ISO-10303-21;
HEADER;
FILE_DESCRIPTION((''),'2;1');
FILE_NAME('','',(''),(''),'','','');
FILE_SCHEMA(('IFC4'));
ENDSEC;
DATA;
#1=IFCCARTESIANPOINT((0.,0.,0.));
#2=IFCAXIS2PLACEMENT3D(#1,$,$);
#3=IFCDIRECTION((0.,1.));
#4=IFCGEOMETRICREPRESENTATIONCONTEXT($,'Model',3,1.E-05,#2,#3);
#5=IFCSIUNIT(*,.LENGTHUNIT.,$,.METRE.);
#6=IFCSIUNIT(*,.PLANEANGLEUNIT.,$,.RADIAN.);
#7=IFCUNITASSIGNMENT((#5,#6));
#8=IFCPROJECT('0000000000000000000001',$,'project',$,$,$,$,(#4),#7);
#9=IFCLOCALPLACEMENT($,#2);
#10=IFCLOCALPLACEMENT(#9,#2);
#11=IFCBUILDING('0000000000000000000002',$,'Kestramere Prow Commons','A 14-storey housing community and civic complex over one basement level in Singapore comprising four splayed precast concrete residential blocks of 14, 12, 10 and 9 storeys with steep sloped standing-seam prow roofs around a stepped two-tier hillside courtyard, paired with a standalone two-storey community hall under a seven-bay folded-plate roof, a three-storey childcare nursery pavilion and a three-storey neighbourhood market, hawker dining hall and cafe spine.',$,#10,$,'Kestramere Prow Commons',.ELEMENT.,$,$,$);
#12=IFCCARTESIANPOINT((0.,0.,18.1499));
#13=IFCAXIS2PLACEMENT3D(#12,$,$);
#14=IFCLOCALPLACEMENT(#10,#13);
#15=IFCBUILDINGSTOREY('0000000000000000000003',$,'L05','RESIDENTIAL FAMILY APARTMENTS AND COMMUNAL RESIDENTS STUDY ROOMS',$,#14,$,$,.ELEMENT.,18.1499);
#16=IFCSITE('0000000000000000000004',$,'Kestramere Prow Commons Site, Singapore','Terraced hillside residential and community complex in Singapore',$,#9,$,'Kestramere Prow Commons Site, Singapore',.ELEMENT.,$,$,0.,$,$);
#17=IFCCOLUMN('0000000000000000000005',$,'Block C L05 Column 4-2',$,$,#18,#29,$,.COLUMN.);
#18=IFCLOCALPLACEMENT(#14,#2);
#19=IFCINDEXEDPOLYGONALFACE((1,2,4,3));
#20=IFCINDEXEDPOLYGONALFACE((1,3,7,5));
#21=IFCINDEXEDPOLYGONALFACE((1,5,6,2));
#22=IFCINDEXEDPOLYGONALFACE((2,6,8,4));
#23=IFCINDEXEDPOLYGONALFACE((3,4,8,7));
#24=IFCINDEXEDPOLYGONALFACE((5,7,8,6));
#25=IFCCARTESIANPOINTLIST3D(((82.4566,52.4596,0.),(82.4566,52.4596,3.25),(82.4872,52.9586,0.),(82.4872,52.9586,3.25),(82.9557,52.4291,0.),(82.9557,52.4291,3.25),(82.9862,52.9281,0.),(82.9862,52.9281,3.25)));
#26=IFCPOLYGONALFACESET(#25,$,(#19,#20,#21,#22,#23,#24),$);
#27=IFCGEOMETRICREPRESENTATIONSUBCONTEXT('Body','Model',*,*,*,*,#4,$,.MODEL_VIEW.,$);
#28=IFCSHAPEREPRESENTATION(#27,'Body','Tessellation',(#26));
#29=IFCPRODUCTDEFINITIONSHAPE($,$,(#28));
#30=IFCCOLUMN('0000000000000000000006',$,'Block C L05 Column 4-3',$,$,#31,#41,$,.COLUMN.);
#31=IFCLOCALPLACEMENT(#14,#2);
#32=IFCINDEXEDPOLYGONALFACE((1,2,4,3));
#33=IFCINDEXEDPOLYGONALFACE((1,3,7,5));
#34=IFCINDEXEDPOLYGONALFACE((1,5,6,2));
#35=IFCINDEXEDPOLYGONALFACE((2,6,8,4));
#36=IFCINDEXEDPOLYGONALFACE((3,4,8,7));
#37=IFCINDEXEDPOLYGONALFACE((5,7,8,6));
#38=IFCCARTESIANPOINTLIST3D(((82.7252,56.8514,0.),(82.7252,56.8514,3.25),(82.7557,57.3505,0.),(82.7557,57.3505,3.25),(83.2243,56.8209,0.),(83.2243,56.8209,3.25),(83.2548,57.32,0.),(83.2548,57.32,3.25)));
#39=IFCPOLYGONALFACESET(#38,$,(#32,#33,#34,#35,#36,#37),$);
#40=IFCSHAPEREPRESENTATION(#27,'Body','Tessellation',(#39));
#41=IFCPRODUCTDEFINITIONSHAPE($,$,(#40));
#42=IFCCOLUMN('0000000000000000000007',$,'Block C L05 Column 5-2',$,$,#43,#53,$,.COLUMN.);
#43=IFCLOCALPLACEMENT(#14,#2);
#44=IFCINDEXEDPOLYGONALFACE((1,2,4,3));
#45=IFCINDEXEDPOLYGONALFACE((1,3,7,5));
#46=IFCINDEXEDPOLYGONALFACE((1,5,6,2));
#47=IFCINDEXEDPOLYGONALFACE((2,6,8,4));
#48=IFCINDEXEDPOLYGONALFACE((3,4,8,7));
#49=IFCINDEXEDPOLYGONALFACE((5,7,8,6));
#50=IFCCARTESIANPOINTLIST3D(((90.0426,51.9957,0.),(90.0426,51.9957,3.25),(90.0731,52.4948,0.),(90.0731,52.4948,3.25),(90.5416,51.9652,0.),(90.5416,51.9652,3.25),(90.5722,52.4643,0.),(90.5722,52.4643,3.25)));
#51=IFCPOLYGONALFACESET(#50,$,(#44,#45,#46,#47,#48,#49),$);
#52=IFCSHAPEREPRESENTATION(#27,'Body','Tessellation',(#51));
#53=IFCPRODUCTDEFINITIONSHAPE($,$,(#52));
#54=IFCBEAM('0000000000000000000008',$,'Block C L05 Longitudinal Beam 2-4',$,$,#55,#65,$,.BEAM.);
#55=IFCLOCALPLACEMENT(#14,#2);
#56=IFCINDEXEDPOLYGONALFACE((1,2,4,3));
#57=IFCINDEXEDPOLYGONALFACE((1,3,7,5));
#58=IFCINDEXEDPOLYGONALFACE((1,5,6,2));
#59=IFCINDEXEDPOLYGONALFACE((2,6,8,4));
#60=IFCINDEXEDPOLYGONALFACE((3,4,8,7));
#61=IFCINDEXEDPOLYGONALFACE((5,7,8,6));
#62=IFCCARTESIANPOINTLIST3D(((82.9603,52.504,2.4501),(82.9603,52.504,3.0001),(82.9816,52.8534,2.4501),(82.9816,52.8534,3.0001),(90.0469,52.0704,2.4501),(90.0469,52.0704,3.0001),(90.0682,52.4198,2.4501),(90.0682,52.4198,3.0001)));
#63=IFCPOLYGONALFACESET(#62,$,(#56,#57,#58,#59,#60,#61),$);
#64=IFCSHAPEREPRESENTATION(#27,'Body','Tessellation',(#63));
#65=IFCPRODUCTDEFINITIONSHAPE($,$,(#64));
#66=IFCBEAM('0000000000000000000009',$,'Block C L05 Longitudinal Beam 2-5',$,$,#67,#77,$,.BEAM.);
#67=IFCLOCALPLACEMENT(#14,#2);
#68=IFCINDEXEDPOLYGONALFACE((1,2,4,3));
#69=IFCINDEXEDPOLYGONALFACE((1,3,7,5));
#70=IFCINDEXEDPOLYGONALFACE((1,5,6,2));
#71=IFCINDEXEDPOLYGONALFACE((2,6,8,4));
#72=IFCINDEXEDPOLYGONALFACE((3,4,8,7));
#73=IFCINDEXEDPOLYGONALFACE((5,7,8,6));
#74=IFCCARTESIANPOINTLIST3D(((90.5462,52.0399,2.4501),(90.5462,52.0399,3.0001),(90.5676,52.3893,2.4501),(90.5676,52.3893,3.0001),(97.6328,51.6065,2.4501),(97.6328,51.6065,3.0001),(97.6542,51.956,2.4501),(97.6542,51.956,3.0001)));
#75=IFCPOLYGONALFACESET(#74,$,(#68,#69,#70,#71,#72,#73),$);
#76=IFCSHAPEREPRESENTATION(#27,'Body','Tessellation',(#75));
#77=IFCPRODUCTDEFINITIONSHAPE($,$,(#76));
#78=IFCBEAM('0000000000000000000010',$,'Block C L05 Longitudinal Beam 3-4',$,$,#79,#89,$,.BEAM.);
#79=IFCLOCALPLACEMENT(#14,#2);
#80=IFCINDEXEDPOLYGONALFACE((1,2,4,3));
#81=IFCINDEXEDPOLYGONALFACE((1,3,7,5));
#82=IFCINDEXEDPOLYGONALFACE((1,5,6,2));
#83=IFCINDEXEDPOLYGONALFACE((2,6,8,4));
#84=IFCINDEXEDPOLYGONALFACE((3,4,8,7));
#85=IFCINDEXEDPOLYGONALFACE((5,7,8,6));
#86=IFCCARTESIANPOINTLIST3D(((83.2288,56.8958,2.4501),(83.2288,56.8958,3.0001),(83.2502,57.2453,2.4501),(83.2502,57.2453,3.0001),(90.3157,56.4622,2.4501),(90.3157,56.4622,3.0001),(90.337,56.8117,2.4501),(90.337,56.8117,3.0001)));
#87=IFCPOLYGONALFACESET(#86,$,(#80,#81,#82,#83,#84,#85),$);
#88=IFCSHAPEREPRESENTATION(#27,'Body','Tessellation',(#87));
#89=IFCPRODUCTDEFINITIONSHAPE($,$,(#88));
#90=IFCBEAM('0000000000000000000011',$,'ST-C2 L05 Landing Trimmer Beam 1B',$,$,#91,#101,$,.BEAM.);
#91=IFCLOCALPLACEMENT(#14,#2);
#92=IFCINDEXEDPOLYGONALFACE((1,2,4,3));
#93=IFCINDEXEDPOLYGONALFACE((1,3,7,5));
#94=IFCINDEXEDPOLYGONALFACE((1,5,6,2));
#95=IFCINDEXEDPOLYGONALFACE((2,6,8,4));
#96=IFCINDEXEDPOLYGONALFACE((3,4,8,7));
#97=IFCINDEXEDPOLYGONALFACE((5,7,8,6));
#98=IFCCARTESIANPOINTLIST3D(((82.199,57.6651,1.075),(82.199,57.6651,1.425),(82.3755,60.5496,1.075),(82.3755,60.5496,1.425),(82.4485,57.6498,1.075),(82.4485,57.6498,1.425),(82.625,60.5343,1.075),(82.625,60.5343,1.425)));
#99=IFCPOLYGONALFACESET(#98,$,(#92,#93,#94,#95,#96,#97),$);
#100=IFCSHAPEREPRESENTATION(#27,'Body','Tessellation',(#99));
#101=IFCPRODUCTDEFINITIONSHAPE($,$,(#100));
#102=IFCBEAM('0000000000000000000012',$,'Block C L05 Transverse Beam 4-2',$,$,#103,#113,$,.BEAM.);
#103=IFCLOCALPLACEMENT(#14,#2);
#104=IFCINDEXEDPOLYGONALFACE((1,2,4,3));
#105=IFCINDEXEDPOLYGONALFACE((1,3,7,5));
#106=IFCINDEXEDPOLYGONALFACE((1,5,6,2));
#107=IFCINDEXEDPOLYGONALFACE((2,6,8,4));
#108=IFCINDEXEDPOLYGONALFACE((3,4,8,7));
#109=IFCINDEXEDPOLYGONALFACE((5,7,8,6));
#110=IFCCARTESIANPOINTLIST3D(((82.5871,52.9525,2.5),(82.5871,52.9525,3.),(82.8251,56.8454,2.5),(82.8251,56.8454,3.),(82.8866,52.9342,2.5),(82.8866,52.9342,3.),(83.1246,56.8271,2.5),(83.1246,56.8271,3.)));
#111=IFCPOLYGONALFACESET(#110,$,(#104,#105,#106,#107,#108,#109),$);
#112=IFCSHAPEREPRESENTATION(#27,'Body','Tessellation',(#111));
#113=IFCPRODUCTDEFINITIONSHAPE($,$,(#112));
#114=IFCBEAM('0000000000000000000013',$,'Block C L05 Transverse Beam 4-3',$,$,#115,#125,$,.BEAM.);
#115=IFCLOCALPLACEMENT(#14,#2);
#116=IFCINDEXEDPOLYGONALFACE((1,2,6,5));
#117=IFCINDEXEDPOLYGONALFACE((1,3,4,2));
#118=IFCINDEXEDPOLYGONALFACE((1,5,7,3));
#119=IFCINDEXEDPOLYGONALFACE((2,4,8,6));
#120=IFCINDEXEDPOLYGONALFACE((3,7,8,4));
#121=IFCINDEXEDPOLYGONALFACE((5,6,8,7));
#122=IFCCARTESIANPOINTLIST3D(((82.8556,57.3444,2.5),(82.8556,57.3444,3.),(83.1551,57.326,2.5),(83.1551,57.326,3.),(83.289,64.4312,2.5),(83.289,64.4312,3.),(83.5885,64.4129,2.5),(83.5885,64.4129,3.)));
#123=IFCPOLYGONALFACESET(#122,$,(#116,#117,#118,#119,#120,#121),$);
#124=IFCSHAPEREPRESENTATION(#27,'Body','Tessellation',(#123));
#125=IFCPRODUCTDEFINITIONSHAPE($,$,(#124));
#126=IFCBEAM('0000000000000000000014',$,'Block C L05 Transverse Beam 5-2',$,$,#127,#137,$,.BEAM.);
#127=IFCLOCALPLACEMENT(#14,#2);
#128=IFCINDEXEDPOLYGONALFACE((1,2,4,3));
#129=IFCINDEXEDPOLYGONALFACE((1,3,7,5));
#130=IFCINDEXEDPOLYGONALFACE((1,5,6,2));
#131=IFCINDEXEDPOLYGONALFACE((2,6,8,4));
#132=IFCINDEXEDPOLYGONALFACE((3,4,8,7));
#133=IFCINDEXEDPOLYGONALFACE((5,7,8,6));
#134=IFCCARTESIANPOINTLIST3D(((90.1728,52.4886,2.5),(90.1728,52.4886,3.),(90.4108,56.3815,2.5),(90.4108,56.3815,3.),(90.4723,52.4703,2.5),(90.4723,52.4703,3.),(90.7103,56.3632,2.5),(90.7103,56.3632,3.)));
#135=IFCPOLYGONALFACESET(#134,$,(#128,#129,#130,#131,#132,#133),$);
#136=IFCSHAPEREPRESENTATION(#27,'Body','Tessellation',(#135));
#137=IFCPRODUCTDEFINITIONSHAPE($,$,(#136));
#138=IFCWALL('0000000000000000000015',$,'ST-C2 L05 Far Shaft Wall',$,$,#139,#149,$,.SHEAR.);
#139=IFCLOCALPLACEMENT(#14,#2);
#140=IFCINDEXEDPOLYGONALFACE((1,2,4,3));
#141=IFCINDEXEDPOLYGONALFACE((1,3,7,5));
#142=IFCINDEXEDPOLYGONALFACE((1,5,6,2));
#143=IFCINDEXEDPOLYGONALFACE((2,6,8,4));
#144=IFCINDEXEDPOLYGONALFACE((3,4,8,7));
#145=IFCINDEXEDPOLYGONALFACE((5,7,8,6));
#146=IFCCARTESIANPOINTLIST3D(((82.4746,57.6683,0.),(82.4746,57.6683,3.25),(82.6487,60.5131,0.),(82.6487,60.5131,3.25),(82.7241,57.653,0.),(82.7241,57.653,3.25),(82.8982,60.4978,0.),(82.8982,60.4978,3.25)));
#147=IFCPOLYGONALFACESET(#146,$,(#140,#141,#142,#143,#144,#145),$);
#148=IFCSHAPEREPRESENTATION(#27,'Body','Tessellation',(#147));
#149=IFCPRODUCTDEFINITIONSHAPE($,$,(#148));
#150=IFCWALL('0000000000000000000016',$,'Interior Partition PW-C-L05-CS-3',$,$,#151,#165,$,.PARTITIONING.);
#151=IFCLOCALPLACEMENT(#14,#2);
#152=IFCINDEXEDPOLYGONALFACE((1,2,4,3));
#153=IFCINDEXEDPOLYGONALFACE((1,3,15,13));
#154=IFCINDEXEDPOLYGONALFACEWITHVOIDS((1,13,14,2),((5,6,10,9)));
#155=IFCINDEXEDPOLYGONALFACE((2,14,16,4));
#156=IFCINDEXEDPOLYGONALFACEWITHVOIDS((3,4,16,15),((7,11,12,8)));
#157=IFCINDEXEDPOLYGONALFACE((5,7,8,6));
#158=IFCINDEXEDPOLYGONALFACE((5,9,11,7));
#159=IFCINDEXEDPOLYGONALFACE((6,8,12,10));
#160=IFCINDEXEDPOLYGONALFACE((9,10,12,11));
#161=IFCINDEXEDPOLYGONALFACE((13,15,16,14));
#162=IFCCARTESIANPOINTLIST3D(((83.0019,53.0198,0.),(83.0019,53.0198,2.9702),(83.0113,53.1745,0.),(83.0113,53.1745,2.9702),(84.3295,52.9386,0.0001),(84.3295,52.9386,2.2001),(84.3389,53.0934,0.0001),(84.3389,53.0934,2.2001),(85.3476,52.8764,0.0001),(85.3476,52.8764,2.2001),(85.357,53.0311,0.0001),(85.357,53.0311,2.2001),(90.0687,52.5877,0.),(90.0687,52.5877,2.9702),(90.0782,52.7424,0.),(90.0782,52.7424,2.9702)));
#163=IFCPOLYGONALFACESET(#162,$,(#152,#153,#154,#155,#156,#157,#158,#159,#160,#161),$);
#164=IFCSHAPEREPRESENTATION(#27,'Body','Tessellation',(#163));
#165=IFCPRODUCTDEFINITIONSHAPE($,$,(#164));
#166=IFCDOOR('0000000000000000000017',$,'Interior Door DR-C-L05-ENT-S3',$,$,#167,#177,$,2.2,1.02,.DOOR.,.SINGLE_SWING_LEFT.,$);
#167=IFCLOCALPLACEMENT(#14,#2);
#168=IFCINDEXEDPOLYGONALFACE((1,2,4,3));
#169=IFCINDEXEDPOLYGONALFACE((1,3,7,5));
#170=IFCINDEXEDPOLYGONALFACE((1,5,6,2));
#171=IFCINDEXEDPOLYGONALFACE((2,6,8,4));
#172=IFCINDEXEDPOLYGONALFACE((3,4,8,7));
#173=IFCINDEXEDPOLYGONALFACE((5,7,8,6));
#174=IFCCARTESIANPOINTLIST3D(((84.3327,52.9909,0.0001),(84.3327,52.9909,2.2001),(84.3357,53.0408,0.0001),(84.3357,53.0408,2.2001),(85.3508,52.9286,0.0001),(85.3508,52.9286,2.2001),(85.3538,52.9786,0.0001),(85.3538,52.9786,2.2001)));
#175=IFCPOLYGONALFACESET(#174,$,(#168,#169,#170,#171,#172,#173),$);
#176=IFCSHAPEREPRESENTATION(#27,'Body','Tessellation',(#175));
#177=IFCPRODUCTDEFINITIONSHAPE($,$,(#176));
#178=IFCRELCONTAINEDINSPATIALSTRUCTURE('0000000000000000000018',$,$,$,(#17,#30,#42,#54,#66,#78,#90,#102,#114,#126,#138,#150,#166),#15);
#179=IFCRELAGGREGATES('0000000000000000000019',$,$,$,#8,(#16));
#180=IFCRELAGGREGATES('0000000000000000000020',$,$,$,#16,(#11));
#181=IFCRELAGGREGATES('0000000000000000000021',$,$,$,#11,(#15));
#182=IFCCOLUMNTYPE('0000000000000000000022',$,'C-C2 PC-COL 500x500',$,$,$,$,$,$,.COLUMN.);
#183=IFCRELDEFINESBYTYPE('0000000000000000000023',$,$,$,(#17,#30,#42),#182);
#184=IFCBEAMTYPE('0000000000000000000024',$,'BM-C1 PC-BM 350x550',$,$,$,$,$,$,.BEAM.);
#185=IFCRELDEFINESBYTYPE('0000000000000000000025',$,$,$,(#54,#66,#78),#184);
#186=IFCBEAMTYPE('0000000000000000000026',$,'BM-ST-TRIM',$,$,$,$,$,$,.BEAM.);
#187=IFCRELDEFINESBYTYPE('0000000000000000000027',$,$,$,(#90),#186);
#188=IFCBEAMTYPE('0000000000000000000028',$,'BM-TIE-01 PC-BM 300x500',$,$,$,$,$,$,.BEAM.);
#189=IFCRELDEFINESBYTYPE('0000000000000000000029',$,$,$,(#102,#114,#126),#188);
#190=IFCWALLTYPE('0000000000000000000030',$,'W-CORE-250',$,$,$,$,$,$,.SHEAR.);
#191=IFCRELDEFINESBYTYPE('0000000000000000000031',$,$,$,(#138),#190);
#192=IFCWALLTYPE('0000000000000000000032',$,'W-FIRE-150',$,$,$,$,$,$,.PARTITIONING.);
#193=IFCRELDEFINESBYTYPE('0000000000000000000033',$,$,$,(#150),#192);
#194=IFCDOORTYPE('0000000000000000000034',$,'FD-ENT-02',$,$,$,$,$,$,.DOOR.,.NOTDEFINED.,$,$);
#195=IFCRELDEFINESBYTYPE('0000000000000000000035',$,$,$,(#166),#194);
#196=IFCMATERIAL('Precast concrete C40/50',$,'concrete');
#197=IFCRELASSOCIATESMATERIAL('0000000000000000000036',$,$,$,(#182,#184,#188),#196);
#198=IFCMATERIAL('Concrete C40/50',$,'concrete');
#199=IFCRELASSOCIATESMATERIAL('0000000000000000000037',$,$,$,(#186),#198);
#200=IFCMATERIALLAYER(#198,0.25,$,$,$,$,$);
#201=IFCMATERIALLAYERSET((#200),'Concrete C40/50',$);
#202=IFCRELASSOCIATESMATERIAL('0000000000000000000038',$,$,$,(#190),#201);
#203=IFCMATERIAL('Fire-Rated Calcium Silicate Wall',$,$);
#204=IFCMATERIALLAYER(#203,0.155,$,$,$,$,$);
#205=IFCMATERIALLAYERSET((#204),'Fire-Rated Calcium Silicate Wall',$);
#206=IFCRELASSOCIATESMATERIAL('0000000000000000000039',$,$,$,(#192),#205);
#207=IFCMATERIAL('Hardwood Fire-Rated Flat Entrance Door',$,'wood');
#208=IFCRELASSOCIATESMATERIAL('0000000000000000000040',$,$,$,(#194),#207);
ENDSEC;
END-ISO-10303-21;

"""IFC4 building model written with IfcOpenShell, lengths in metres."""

from ifc_helpers import new_model, si_unit, direction, frame, frame_2d, origin, origin_2d, place, context, subcontext, project, spatial, rectangle, extrude, material, layer, layer_set, material_profile, profile_set, type_object, element, fill, save


model = new_model("IFC4")

# Units and contexts
model_context = context("Model", 3, precision=1e-05, world=origin(), true_north=direction((0.0, 1.0)))
body_context = subcontext(model_context, "Body", "Model", "MODEL_VIEW")
ifc_project = project(units=[si_unit("LENGTHUNIT", "METRE"), si_unit("PLANEANGLEUNIT", "RADIAN")], contexts=[model_context])

# Site, building, storey
site_placement = place(None, origin())
site = spatial("IfcSite", under=ifc_project, at=site_placement, Name="Kestramere Prow Commons Site, Singapore", Description="Terraced hillside residential and community complex in Singapore", LongName="Kestramere Prow Commons Site, Singapore", CompositionType="ELEMENT", RefElevation=0.0)
building_placement = place(site_placement, origin())
building = spatial("IfcBuilding", under=site, at=building_placement, Name="Kestramere Prow Commons", Description="A 14-storey housing community and civic complex over one basement level in Singapore comprising four splayed precast concrete residential blocks of 14, 12, 10 and 9 storeys with steep sloped standing-seam prow roofs around a stepped two-tier hillside courtyard, paired with a standalone two-storey community hall under a seven-bay folded-plate roof, a three-storey childcare nursery pavilion and a three-storey neighbourhood market, hawker dining hall and cafe spine.", LongName="Kestramere Prow Commons", CompositionType="ELEMENT")
storey_placement = place(building_placement, frame((0.0, 0.0, 18.1499)))
storey = spatial("IfcBuildingStorey", under=building, at=storey_placement, Name="L05", Description="RESIDENTIAL FAMILY APARTMENTS AND COMMUNAL RESIDENTS STUDY ROOMS", CompositionType="ELEMENT", Elevation=18.1499)

# Columns
ifc_material_1 = material(Name="Precast concrete C40/50", Category="concrete")
ifc_material_profile_1 = material_profile(ifc_material_1, rectangle(XDim=0.5, YDim=0.5, at=origin_2d()), Name="PC-COL 500x500")
ifc_profile_set_1 = profile_set([ifc_material_profile_1], Name="Precast concrete C40/50")
column_type = type_object("IfcColumnType", Name="C-C2 PC-COL 500x500", PredefinedType="COLUMN", material=ifc_profile_set_1)
for number, where, z_axis, x_axis, name in (
    (1, (82.7214, 52.6938, 0.0), (0.0, 0.0, 1.0), (0.998135, -0.061049, 0.0), "Block C L05 Column 4-2"),
    (2, (82.99, 57.0857, 0.0), (0.0, 0.0, 1.0), (0.998135, -0.061049, 0.0), "Block C L05 Column 4-3"),
    (3, (90.3074, 52.23, 0.0), (0.0, 0.0, 1.0), (0.998135, -0.061049, 0.0), "Block C L05 Column 5-2"),
):
    element("IfcColumn", number, at=place(storey_placement, frame(where, z_axis=z_axis, x_axis=x_axis)), inside=storey, type_object=column_type, Name=name, PredefinedType="COLUMN", context=body_context, shape_type="SweptSolid", body=[
        extrude(rectangle(XDim=0.5, YDim=0.5, at=origin_2d()), origin(), (0.0, 0.0, 1.0), 3.25),
    ])

# Beams
ifc_material_profile_2 = material_profile(ifc_material_1, rectangle(XDim=0.3501, YDim=0.55, at=origin_2d()), Name="PC-BM 350x550")
ifc_profile_set_2 = profile_set([ifc_material_profile_2], Name="Precast concrete C40/50")
beam_type_1 = type_object("IfcBeamType", Name="BM-C1 PC-BM 350x550", PredefinedType="BEAM", material=ifc_profile_set_2)
for number, where, z_axis, x_axis, name in (
    (4, (82.9709, 52.6787, 2.7251), (0.998133, -0.06107, 0.0), (0.06107, 0.998133, 0.0), "Block C L05 Longitudinal Beam 2-4"),
    (5, (90.5569, 52.2146, 2.7251), (0.998136, -0.061036, 0.0), (0.061036, 0.998136, 0.0), "Block C L05 Longitudinal Beam 2-5"),
):
    element("IfcBeam", number, at=place(storey_placement, frame(where, z_axis=z_axis, x_axis=x_axis)), inside=storey, type_object=beam_type_1, Name=name, PredefinedType="BEAM", context=body_context, shape_type="SweptSolid", body=[
        extrude(rectangle(XDim=0.3501, YDim=0.55, at=origin_2d()), origin(), (0.0, 0.0, 1.0), 7.0999),
    ])
beam_1_placement = place(storey_placement, frame((83.2395, 57.0706, 2.7251), z_axis=(0.998134, -0.061068, 0.0), x_axis=(0.061068, 0.998134, 0.0)))
element("IfcBeam", 6, at=beam_1_placement, inside=storey, type_object=beam_type_1, Name="Block C L05 Longitudinal Beam 3-4", PredefinedType="BEAM", context=body_context, shape_type="SweptSolid", body=[
    extrude(rectangle(XDim=0.3501, YDim=0.55, at=origin_2d()), origin(), (0.0, 0.0, 1.0), 7.1001),
])
ifc_material_2 = material(Name="Concrete C40/50", Category="concrete")
ifc_material_profile_3 = material_profile(ifc_material_2, rectangle(XDim=0.25, YDim=0.3501, at=origin_2d()), Name="PC-BM 250x350")
ifc_profile_set_3 = profile_set([ifc_material_profile_3], Name="Concrete C40/50")
beam_type_2 = type_object("IfcBeamType", Name="BM-ST-TRIM", PredefinedType="BEAM", material=ifc_profile_set_3)
beam_2_placement = place(storey_placement, frame((82.3237, 57.6575, 1.25), z_axis=(0.061079, 0.998133, 0.0), x_axis=(-0.998133, 0.061079, 0.0)))
element("IfcBeam", 7, at=beam_2_placement, inside=storey, type_object=beam_type_2, Name="ST-C2 L05 Landing Trimmer Beam 1B", PredefinedType="BEAM", context=body_context, shape_type="SweptSolid", body=[
    extrude(rectangle(XDim=0.25, YDim=0.3501, at=origin_2d()), origin(), (0.0, 0.0, 1.0), 2.8899),
])
ifc_material_profile_4 = material_profile(ifc_material_1, rectangle(XDim=0.3, YDim=0.5, at=origin_2d()), Name="PC-BM 300x500")
ifc_profile_set_4 = profile_set([ifc_material_profile_4], Name="Precast concrete C40/50")
beam_type_3 = type_object("IfcBeamType", Name="BM-TIE-01 PC-BM 300x500", PredefinedType="BEAM", material=ifc_profile_set_4)
beam_3_placement = place(storey_placement, frame((82.7368, 52.9434, 2.75), z_axis=(0.061034, 0.998136, 0.0), x_axis=(-0.998136, 0.061034, 0.0)))
element("IfcBeam", 8, at=beam_3_placement, inside=storey, type_object=beam_type_3, Name="Block C L05 Transverse Beam 4-2", PredefinedType="BEAM", context=body_context, shape_type="SweptSolid", body=[
    extrude(rectangle(XDim=0.3, YDim=0.5, at=origin_2d()), origin(), (0.0, 0.0, 1.0), 3.9001),
])
beam_4_placement = place(storey_placement, frame((83.0054, 57.3352, 2.75), z_axis=(0.061034, 0.998136, 0.0), x_axis=(-0.998136, 0.061034, 0.0)))
element("IfcBeam", 9, at=beam_4_placement, inside=storey, type_object=beam_type_3, Name="Block C L05 Transverse Beam 4-3", PredefinedType="BEAM", context=body_context, shape_type="SweptSolid", body=[
    extrude(rectangle(XDim=0.3, YDim=0.5, at=origin_2d()), origin(), (0.0, 0.0, 1.0), 7.1001),
])
beam_5_placement = place(storey_placement, frame((90.3225, 52.4795, 2.75), z_axis=(0.061034, 0.998136, 0.0), x_axis=(-0.998136, 0.061034, 0.0)))
element("IfcBeam", 10, at=beam_5_placement, inside=storey, type_object=beam_type_3, Name="Block C L05 Transverse Beam 5-2", PredefinedType="BEAM", context=body_context, shape_type="SweptSolid", body=[
    extrude(rectangle(XDim=0.3, YDim=0.5, at=origin_2d()), origin(), (0.0, 0.0, 1.0), 3.9001),
])

# Wall
ifc_layer_1 = layer(ifc_material_2, 0.25)
ifc_layer_set_1 = layer_set([ifc_layer_1], Name="Concrete C40/50")
wall_type_1 = type_object("IfcWallType", Name="W-CORE-250", PredefinedType="SHEAR", material=ifc_layer_set_1)
wall_1_placement = place(storey_placement, frame((82.5994, 57.6606, 0.0), z_axis=(0.0, 0.0, 1.0), x_axis=(0.061077, 0.998133, 0.0)))
element("IfcWall", 11, at=wall_1_placement, inside=storey, type_object=wall_type_1, Name="ST-C2 L05 Far Shaft Wall", PredefinedType="SHEAR", context=body_context, shape_type="SweptSolid", body=[
    extrude(rectangle(XDim=2.8501, YDim=0.25, at=frame_2d((1.425, 0.0))), origin(), (0.0, 0.0, 1.0), 3.25),
])

# Wall, opening, door
ifc_material_3 = material(Name="Fire-Rated Calcium Silicate Wall")
ifc_layer_2 = layer(ifc_material_3, 0.155)
ifc_layer_set_2 = layer_set([ifc_layer_2], Name="Fire-Rated Calcium Silicate Wall")
wall_type_2 = type_object("IfcWallType", Name="W-FIRE-150", PredefinedType="PARTITIONING", material=ifc_layer_set_2)
wall_2_placement = place(storey_placement, frame((83.0066, 53.0972, 0.0), z_axis=(0.0, 0.0, 1.0), x_axis=(0.998136, -0.061034, 0.0)))
wall_2 = element("IfcWall", 12, at=wall_2_placement, inside=storey, type_object=wall_type_2, Name="Interior Partition PW-C-L05-CS-3", PredefinedType="PARTITIONING", context=body_context, shape_type="SweptSolid", body=[
    extrude(rectangle(XDim=7.0801, YDim=0.155, at=frame_2d((3.54, 0.0))), origin(), (0.0, 0.0, 1.0), 2.9702),
])
opening_1_placement = place(wall_2_placement, frame((1.3301, 0.0, 0.0)))
opening_1 = element("IfcOpeningElement", 13, at=opening_1_placement, cuts=wall_2, PredefinedType="OPENING", context=body_context, shape_type="SweptSolid", body=[
    extrude(rectangle(XDim=1.02, YDim=2.2, at=frame_2d((0.51, 1.1001))), frame((0.0, 0.0925, 0.0), z_axis=(0.0, -1.0, 0.0), x_axis=(1.0, 0.0, 0.0)), (0.0, 0.0, 1.0), 0.1851),
])
ifc_material_4 = material(Name="Hardwood Fire-Rated Flat Entrance Door", Category="wood")
door_type_1 = type_object("IfcDoorType", Name="FD-ENT-02", OperationType="NOTDEFINED", PredefinedType="DOOR", material=ifc_material_4)
door_1_placement = place(opening_1_placement, origin())
door_1 = element("IfcDoor", 14, at=door_1_placement, inside=storey, type_object=door_type_1, Name="Interior Door DR-C-L05-ENT-S3", OperationType="SINGLE_SWING_LEFT", OverallHeight=2.2, OverallWidth=1.02, PredefinedType="DOOR", context=body_context, shape_type="SweptSolid", body=[
    extrude(rectangle(XDim=1.02, YDim=2.2, at=frame_2d((0.51, 1.1001))), frame((0.0, 0.0249, 0.0), z_axis=(0.0, -1.0, 0.0), x_axis=(1.0, 0.0, 0.0)), (0.0, 0.0, 1.0), 0.05),
])
fill(opening_1, door_1)

save(model, "model.ifc")
